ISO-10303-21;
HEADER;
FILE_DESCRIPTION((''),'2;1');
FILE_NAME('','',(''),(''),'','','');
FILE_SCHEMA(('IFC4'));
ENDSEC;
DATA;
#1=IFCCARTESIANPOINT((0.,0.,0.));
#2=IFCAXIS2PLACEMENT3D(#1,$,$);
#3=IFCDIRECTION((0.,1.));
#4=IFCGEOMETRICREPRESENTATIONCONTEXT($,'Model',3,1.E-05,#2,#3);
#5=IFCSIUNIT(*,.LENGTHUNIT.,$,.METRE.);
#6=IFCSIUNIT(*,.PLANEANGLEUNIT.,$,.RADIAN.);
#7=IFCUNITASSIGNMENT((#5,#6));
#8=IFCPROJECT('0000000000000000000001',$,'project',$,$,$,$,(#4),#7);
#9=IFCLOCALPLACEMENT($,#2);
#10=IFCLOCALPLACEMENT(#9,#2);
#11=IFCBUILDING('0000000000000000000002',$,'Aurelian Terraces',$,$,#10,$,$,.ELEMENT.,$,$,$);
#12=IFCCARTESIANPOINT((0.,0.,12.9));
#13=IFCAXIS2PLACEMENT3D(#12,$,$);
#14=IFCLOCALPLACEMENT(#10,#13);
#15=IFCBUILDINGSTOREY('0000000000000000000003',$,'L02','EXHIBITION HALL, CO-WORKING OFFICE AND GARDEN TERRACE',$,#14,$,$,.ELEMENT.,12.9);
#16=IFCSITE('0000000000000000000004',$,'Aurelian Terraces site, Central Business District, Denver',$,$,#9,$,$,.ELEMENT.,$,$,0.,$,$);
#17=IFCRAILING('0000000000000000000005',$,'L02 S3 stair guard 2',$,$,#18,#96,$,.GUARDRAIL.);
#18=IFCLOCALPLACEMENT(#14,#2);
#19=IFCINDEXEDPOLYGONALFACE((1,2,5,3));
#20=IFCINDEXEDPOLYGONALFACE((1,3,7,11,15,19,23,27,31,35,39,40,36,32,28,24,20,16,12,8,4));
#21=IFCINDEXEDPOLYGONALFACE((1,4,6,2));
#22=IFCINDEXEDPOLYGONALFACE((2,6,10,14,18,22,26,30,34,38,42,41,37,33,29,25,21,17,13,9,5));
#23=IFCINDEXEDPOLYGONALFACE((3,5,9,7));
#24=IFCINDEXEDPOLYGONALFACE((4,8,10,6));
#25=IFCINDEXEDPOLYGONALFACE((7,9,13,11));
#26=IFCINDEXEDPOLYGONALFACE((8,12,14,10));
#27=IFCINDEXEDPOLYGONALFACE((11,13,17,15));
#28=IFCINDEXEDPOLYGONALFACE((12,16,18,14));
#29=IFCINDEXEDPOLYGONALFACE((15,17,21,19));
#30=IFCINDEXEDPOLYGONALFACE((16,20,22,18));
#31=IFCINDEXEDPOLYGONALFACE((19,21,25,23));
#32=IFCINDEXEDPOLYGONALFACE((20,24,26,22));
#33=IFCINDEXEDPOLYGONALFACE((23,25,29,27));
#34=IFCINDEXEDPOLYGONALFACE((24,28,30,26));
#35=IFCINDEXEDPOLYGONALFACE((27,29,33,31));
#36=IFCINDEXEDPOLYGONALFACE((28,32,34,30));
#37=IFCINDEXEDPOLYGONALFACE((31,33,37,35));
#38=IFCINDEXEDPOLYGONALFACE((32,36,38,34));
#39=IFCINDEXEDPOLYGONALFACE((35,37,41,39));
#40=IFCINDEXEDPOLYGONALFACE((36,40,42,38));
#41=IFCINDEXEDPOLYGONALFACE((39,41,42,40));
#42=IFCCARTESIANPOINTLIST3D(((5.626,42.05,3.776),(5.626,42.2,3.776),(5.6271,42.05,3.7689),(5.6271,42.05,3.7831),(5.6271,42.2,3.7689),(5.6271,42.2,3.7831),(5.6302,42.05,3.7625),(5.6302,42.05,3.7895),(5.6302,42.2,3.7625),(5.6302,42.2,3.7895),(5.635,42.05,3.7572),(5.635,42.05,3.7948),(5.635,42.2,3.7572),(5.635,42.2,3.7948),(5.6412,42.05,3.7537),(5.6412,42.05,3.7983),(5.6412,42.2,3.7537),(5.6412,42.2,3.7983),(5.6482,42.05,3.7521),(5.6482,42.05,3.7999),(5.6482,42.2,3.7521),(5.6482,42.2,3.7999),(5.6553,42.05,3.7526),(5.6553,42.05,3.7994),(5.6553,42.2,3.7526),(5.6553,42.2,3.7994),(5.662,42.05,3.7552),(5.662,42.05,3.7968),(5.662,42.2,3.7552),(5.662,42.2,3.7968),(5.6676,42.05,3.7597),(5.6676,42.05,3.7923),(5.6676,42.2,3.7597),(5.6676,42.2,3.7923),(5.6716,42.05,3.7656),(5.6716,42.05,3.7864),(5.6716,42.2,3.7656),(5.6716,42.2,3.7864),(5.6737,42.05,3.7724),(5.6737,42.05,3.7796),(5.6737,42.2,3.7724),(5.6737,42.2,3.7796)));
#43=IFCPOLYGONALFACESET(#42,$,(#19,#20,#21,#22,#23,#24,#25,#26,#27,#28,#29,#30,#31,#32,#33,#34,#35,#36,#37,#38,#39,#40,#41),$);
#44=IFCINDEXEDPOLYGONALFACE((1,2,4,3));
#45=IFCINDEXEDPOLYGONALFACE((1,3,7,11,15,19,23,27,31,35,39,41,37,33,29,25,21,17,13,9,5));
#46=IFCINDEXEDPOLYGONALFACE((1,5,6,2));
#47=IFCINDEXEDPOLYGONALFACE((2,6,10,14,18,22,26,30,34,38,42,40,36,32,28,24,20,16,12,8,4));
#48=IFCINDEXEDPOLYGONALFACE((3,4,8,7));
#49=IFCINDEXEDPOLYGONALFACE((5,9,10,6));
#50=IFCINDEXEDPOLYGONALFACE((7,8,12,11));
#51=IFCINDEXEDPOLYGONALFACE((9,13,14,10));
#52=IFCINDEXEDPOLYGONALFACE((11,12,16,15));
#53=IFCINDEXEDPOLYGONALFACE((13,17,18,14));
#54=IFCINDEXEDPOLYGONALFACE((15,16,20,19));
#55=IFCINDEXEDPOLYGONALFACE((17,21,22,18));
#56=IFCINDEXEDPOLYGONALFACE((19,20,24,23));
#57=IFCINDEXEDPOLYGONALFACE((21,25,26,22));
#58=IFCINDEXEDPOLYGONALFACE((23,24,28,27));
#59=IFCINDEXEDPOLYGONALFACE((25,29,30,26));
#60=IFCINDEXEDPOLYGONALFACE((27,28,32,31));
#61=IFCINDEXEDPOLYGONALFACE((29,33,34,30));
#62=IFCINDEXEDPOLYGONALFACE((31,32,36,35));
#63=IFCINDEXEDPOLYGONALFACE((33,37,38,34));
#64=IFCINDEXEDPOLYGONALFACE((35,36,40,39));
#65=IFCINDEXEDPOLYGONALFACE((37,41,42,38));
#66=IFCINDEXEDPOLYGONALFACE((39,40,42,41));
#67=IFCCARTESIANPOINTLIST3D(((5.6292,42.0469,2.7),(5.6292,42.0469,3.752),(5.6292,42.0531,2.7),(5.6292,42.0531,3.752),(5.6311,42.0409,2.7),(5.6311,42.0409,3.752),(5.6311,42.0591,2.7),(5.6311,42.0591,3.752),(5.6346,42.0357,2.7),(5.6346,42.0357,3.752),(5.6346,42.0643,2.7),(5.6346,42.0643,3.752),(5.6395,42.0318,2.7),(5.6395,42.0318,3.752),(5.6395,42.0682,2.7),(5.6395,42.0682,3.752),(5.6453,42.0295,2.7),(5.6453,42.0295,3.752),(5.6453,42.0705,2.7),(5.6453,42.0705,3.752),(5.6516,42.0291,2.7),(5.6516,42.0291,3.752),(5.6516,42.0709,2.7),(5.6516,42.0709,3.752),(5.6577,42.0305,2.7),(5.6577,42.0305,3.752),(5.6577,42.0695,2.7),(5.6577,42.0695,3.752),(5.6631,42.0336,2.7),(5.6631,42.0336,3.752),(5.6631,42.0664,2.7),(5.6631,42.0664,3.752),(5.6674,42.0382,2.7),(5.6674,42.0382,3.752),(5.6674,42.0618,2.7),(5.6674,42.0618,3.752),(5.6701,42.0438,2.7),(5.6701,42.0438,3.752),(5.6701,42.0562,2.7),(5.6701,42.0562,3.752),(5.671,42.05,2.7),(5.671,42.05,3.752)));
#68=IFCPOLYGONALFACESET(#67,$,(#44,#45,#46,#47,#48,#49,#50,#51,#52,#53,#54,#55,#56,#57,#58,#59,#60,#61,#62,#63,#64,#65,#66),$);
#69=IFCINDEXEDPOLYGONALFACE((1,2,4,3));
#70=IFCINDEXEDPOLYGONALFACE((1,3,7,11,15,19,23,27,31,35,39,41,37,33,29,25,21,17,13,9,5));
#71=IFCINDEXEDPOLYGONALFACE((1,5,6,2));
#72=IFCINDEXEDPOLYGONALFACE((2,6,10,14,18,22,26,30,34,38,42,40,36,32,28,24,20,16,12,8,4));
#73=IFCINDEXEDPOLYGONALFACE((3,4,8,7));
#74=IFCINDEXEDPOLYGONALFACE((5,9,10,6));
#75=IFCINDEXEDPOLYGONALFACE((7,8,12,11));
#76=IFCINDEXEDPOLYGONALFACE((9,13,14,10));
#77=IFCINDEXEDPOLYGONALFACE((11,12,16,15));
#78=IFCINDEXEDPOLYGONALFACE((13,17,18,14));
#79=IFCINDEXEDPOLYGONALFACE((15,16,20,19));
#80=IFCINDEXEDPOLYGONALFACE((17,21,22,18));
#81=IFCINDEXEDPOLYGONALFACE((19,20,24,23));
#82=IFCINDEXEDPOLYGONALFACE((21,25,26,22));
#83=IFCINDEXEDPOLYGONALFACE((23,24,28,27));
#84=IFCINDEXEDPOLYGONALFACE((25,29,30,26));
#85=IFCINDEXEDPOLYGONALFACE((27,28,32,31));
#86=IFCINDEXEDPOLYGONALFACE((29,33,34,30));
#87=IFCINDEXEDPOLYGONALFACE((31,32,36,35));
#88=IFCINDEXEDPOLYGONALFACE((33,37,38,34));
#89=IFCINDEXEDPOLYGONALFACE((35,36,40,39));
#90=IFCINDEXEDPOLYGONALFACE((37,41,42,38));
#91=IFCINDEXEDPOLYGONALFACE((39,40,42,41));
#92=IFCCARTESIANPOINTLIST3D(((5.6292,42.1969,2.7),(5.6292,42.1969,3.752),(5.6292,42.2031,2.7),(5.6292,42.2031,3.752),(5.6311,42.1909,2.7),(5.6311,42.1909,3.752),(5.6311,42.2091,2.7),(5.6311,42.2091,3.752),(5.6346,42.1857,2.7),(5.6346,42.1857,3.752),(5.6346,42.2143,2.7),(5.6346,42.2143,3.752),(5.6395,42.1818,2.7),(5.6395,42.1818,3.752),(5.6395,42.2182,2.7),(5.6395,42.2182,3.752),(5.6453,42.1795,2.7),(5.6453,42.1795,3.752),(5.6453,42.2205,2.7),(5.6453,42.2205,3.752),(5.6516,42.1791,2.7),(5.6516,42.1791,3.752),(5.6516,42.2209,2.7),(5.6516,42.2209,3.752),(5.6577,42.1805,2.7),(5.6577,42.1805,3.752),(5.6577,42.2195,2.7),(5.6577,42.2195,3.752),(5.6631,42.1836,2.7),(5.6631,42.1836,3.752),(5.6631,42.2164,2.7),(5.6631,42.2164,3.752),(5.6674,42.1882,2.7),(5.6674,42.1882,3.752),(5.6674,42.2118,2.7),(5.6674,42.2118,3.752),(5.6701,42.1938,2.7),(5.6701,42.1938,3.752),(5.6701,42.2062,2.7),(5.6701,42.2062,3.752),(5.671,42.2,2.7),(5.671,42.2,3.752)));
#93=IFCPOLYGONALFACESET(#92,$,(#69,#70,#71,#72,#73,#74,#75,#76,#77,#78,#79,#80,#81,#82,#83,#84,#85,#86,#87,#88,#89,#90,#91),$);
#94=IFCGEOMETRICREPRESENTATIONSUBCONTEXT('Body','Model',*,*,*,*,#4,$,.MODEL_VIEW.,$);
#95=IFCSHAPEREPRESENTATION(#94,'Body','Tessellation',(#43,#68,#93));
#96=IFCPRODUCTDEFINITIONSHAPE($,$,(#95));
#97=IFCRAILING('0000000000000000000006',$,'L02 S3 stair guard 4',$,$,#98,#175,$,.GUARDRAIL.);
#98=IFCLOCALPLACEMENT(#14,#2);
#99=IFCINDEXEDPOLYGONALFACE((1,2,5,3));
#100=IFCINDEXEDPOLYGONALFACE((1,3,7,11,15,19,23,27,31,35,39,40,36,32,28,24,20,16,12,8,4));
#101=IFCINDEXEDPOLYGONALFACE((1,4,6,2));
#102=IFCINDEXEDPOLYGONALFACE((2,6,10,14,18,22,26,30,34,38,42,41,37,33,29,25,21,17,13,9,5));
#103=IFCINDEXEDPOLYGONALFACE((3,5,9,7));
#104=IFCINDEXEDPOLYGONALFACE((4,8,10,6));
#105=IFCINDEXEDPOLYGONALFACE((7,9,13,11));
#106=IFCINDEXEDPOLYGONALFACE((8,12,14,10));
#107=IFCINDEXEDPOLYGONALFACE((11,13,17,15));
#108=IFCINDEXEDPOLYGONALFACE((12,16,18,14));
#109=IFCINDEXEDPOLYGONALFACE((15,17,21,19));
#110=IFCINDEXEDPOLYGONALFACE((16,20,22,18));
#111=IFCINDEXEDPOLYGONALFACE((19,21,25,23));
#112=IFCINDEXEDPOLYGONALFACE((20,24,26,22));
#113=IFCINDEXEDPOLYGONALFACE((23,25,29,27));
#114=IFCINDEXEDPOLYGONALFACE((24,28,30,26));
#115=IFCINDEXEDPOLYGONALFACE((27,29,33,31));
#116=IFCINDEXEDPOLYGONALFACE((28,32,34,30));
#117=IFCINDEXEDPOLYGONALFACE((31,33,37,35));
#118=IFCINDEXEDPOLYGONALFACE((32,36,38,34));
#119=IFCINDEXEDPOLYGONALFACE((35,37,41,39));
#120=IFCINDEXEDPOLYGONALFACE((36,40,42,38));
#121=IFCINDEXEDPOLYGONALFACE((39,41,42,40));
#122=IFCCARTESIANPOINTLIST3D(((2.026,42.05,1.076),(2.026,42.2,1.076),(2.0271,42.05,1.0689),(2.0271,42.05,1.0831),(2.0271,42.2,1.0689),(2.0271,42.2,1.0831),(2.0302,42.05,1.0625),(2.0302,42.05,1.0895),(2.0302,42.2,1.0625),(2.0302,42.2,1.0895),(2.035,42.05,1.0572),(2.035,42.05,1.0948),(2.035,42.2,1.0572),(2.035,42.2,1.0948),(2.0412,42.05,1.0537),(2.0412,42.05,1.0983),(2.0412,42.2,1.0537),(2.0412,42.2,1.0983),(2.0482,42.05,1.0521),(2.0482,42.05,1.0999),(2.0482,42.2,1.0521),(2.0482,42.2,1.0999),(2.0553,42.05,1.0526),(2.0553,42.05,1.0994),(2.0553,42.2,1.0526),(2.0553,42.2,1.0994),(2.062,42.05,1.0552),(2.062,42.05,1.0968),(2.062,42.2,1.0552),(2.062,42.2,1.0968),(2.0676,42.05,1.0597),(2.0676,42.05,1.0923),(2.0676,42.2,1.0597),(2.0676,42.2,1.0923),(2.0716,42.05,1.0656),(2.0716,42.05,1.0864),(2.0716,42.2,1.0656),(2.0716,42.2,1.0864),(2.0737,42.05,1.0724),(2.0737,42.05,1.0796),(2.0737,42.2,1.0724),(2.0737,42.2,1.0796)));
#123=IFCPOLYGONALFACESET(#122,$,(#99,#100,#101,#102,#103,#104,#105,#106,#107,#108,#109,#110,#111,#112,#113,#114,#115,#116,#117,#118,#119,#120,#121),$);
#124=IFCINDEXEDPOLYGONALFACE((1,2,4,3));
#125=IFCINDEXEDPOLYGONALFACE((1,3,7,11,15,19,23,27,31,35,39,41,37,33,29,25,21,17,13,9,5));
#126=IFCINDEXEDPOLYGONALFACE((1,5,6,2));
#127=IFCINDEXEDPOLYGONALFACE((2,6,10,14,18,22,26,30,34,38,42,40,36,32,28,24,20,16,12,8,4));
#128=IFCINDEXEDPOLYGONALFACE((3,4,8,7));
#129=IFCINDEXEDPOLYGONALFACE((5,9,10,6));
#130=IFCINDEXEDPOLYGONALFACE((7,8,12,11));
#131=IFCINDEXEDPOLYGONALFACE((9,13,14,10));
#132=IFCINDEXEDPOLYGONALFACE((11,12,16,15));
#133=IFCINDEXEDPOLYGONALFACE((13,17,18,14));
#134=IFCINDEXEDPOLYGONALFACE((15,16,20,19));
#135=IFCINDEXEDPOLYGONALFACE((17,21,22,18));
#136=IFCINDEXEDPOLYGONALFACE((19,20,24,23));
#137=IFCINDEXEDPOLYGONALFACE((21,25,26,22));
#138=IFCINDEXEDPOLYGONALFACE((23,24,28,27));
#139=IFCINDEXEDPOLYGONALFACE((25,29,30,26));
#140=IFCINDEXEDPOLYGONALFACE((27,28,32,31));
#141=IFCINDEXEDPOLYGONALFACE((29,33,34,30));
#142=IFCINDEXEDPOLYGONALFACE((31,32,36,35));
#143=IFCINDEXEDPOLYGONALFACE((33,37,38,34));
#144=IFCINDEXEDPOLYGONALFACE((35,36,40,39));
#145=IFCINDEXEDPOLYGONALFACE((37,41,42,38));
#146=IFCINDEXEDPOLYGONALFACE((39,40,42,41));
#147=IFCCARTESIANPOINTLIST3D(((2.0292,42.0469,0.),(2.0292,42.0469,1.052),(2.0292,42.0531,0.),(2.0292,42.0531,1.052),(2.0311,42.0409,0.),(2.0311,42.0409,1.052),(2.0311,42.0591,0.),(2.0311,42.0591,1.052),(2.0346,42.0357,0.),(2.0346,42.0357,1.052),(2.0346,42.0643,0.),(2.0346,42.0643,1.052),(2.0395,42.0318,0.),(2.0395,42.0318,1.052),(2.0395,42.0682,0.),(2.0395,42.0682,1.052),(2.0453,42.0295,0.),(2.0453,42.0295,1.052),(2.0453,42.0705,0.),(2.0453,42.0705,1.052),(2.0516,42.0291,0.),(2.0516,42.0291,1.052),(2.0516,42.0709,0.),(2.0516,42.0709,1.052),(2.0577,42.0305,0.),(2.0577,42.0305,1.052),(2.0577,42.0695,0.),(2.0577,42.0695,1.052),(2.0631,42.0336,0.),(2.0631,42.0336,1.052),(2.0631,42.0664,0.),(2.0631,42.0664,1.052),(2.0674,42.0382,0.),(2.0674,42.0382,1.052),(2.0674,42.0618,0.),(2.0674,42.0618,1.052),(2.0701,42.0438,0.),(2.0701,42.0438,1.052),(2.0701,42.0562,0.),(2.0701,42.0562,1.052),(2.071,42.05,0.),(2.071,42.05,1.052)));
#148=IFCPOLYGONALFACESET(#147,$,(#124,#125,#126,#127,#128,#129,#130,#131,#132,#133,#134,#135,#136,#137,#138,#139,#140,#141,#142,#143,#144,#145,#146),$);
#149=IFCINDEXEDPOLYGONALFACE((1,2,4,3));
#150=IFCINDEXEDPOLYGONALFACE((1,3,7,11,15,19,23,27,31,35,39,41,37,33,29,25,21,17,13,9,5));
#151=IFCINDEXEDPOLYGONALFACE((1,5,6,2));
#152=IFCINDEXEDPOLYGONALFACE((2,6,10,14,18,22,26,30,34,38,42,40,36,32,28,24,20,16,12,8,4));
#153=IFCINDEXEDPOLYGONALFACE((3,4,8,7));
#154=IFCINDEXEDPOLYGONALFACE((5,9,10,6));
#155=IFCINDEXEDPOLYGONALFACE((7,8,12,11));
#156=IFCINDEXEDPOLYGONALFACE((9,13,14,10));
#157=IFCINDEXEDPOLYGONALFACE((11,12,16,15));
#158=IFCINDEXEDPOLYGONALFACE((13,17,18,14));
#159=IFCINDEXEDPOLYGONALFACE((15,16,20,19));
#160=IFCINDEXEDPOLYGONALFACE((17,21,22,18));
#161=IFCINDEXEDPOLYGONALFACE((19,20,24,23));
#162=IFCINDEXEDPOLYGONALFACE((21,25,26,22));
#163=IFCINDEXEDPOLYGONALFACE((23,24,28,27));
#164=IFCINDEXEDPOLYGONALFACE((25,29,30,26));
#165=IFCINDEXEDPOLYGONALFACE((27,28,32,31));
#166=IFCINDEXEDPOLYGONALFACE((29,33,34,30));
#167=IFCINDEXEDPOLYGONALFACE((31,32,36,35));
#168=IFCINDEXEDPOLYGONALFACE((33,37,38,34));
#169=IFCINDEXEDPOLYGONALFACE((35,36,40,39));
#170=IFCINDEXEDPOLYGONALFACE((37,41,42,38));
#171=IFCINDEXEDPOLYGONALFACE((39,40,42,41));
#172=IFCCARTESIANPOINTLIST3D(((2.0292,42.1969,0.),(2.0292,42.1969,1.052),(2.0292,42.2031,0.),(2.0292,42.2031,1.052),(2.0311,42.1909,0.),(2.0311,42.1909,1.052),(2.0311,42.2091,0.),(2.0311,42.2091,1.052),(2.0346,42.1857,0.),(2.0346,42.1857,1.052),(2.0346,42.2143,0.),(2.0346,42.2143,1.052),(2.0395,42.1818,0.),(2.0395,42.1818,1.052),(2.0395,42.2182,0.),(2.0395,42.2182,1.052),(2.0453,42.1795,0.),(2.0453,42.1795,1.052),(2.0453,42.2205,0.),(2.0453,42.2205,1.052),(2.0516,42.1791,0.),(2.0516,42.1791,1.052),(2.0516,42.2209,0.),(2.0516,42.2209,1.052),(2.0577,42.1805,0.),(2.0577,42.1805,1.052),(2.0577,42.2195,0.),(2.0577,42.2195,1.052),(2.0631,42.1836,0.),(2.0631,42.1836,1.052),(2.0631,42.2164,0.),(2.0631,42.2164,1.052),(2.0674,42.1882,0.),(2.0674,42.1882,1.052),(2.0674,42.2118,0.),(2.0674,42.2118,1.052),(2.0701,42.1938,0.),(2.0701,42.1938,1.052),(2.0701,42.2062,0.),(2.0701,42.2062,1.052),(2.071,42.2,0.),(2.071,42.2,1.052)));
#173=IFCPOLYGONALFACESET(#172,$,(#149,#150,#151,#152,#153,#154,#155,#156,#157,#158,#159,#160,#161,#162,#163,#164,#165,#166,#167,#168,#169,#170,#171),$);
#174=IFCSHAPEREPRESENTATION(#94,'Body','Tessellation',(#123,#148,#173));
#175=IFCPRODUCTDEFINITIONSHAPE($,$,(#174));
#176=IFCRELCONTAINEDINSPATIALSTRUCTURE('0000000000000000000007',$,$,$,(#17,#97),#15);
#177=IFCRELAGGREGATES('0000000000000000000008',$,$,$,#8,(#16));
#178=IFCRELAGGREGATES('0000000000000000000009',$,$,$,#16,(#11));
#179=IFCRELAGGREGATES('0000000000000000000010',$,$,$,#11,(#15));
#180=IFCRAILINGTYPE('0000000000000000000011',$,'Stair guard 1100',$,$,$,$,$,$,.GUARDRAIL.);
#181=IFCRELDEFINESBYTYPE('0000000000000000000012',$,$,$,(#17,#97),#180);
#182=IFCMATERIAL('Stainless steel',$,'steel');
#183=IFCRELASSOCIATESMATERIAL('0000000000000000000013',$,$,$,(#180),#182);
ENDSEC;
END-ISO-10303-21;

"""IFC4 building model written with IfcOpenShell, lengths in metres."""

from ifc_helpers import new_model, si_unit, direction, frame, origin, origin_2d, place, context, subcontext, project, spatial, circle, extrude, source, transform, mapped, material, type_object, element, save


model = new_model("IFC4")

# Units and contexts
model_context = context("Model", 3, precision=1e-05, world=origin(), true_north=direction((0.0, 1.0)))
body_context = subcontext(model_context, "Body", "Model", "MODEL_VIEW")
ifc_project = project(units=[si_unit("LENGTHUNIT", "METRE"), si_unit("PLANEANGLEUNIT", "RADIAN")], contexts=[model_context])

# Site, building, storey
site_placement = place(None, origin())
site = spatial("IfcSite", under=ifc_project, at=site_placement, Name="Aurelian Terraces site, Central Business District, Denver", CompositionType="ELEMENT", RefElevation=0.0)
building_placement = place(site_placement, origin())
building = spatial("IfcBuilding", under=site, at=building_placement, Name="Aurelian Terraces", CompositionType="ELEMENT")
storey_placement = place(building_placement, frame((0.0, 0.0, 12.9)))
storey = spatial("IfcBuildingStorey", under=building, at=storey_placement, Name="L02", Description="EXHIBITION HALL, CO-WORKING OFFICE AND GARDEN TERRACE", CompositionType="ELEMENT", Elevation=12.9)

# Railings
ifc_material_1 = material(Name="Stainless steel", Category="steel")
railing_type_1 = type_object("IfcRailingType", Name="Stair guard 1100", PredefinedType="GUARDRAIL", material=ifc_material_1)
shared_shape_1 = source(origin(), body_context, "Body", "SweptSolid", [
    extrude(circle(Radius=0.024, at=origin_2d()), frame((0.0, 0.0, 1.076), z_axis=(0.0, 1.0, 0.0), x_axis=(-1.0, 0.0, 0.0)), (0.0, 0.0, 1.0), 0.15),
    extrude(circle(Radius=0.021, at=origin_2d()), origin(), (0.0, 0.0, 1.0), 1.052),
    extrude(circle(Radius=0.021, at=origin_2d()), frame((0.0, 0.15, 0.0)), (0.0, 0.0, 1.0), 1.052),
])
for number, where, name in (
    (1, (5.65, 42.05, 2.7), "L02 S3 stair guard 2"),
    (2, (2.05, 42.05, 0.0), "L02 S3 stair guard 4"),
):
    element("IfcRailing", number, at=place(storey_placement, frame(where)), inside=storey, type_object=railing_type_1, Name=name, PredefinedType="GUARDRAIL", context=body_context, shape_type="MappedRepresentation", body=[
        mapped(shared_shape_1, transform((0.0, 0.0, 0.0), scale=1.0)),
    ])

save(model, "model.ifc")
